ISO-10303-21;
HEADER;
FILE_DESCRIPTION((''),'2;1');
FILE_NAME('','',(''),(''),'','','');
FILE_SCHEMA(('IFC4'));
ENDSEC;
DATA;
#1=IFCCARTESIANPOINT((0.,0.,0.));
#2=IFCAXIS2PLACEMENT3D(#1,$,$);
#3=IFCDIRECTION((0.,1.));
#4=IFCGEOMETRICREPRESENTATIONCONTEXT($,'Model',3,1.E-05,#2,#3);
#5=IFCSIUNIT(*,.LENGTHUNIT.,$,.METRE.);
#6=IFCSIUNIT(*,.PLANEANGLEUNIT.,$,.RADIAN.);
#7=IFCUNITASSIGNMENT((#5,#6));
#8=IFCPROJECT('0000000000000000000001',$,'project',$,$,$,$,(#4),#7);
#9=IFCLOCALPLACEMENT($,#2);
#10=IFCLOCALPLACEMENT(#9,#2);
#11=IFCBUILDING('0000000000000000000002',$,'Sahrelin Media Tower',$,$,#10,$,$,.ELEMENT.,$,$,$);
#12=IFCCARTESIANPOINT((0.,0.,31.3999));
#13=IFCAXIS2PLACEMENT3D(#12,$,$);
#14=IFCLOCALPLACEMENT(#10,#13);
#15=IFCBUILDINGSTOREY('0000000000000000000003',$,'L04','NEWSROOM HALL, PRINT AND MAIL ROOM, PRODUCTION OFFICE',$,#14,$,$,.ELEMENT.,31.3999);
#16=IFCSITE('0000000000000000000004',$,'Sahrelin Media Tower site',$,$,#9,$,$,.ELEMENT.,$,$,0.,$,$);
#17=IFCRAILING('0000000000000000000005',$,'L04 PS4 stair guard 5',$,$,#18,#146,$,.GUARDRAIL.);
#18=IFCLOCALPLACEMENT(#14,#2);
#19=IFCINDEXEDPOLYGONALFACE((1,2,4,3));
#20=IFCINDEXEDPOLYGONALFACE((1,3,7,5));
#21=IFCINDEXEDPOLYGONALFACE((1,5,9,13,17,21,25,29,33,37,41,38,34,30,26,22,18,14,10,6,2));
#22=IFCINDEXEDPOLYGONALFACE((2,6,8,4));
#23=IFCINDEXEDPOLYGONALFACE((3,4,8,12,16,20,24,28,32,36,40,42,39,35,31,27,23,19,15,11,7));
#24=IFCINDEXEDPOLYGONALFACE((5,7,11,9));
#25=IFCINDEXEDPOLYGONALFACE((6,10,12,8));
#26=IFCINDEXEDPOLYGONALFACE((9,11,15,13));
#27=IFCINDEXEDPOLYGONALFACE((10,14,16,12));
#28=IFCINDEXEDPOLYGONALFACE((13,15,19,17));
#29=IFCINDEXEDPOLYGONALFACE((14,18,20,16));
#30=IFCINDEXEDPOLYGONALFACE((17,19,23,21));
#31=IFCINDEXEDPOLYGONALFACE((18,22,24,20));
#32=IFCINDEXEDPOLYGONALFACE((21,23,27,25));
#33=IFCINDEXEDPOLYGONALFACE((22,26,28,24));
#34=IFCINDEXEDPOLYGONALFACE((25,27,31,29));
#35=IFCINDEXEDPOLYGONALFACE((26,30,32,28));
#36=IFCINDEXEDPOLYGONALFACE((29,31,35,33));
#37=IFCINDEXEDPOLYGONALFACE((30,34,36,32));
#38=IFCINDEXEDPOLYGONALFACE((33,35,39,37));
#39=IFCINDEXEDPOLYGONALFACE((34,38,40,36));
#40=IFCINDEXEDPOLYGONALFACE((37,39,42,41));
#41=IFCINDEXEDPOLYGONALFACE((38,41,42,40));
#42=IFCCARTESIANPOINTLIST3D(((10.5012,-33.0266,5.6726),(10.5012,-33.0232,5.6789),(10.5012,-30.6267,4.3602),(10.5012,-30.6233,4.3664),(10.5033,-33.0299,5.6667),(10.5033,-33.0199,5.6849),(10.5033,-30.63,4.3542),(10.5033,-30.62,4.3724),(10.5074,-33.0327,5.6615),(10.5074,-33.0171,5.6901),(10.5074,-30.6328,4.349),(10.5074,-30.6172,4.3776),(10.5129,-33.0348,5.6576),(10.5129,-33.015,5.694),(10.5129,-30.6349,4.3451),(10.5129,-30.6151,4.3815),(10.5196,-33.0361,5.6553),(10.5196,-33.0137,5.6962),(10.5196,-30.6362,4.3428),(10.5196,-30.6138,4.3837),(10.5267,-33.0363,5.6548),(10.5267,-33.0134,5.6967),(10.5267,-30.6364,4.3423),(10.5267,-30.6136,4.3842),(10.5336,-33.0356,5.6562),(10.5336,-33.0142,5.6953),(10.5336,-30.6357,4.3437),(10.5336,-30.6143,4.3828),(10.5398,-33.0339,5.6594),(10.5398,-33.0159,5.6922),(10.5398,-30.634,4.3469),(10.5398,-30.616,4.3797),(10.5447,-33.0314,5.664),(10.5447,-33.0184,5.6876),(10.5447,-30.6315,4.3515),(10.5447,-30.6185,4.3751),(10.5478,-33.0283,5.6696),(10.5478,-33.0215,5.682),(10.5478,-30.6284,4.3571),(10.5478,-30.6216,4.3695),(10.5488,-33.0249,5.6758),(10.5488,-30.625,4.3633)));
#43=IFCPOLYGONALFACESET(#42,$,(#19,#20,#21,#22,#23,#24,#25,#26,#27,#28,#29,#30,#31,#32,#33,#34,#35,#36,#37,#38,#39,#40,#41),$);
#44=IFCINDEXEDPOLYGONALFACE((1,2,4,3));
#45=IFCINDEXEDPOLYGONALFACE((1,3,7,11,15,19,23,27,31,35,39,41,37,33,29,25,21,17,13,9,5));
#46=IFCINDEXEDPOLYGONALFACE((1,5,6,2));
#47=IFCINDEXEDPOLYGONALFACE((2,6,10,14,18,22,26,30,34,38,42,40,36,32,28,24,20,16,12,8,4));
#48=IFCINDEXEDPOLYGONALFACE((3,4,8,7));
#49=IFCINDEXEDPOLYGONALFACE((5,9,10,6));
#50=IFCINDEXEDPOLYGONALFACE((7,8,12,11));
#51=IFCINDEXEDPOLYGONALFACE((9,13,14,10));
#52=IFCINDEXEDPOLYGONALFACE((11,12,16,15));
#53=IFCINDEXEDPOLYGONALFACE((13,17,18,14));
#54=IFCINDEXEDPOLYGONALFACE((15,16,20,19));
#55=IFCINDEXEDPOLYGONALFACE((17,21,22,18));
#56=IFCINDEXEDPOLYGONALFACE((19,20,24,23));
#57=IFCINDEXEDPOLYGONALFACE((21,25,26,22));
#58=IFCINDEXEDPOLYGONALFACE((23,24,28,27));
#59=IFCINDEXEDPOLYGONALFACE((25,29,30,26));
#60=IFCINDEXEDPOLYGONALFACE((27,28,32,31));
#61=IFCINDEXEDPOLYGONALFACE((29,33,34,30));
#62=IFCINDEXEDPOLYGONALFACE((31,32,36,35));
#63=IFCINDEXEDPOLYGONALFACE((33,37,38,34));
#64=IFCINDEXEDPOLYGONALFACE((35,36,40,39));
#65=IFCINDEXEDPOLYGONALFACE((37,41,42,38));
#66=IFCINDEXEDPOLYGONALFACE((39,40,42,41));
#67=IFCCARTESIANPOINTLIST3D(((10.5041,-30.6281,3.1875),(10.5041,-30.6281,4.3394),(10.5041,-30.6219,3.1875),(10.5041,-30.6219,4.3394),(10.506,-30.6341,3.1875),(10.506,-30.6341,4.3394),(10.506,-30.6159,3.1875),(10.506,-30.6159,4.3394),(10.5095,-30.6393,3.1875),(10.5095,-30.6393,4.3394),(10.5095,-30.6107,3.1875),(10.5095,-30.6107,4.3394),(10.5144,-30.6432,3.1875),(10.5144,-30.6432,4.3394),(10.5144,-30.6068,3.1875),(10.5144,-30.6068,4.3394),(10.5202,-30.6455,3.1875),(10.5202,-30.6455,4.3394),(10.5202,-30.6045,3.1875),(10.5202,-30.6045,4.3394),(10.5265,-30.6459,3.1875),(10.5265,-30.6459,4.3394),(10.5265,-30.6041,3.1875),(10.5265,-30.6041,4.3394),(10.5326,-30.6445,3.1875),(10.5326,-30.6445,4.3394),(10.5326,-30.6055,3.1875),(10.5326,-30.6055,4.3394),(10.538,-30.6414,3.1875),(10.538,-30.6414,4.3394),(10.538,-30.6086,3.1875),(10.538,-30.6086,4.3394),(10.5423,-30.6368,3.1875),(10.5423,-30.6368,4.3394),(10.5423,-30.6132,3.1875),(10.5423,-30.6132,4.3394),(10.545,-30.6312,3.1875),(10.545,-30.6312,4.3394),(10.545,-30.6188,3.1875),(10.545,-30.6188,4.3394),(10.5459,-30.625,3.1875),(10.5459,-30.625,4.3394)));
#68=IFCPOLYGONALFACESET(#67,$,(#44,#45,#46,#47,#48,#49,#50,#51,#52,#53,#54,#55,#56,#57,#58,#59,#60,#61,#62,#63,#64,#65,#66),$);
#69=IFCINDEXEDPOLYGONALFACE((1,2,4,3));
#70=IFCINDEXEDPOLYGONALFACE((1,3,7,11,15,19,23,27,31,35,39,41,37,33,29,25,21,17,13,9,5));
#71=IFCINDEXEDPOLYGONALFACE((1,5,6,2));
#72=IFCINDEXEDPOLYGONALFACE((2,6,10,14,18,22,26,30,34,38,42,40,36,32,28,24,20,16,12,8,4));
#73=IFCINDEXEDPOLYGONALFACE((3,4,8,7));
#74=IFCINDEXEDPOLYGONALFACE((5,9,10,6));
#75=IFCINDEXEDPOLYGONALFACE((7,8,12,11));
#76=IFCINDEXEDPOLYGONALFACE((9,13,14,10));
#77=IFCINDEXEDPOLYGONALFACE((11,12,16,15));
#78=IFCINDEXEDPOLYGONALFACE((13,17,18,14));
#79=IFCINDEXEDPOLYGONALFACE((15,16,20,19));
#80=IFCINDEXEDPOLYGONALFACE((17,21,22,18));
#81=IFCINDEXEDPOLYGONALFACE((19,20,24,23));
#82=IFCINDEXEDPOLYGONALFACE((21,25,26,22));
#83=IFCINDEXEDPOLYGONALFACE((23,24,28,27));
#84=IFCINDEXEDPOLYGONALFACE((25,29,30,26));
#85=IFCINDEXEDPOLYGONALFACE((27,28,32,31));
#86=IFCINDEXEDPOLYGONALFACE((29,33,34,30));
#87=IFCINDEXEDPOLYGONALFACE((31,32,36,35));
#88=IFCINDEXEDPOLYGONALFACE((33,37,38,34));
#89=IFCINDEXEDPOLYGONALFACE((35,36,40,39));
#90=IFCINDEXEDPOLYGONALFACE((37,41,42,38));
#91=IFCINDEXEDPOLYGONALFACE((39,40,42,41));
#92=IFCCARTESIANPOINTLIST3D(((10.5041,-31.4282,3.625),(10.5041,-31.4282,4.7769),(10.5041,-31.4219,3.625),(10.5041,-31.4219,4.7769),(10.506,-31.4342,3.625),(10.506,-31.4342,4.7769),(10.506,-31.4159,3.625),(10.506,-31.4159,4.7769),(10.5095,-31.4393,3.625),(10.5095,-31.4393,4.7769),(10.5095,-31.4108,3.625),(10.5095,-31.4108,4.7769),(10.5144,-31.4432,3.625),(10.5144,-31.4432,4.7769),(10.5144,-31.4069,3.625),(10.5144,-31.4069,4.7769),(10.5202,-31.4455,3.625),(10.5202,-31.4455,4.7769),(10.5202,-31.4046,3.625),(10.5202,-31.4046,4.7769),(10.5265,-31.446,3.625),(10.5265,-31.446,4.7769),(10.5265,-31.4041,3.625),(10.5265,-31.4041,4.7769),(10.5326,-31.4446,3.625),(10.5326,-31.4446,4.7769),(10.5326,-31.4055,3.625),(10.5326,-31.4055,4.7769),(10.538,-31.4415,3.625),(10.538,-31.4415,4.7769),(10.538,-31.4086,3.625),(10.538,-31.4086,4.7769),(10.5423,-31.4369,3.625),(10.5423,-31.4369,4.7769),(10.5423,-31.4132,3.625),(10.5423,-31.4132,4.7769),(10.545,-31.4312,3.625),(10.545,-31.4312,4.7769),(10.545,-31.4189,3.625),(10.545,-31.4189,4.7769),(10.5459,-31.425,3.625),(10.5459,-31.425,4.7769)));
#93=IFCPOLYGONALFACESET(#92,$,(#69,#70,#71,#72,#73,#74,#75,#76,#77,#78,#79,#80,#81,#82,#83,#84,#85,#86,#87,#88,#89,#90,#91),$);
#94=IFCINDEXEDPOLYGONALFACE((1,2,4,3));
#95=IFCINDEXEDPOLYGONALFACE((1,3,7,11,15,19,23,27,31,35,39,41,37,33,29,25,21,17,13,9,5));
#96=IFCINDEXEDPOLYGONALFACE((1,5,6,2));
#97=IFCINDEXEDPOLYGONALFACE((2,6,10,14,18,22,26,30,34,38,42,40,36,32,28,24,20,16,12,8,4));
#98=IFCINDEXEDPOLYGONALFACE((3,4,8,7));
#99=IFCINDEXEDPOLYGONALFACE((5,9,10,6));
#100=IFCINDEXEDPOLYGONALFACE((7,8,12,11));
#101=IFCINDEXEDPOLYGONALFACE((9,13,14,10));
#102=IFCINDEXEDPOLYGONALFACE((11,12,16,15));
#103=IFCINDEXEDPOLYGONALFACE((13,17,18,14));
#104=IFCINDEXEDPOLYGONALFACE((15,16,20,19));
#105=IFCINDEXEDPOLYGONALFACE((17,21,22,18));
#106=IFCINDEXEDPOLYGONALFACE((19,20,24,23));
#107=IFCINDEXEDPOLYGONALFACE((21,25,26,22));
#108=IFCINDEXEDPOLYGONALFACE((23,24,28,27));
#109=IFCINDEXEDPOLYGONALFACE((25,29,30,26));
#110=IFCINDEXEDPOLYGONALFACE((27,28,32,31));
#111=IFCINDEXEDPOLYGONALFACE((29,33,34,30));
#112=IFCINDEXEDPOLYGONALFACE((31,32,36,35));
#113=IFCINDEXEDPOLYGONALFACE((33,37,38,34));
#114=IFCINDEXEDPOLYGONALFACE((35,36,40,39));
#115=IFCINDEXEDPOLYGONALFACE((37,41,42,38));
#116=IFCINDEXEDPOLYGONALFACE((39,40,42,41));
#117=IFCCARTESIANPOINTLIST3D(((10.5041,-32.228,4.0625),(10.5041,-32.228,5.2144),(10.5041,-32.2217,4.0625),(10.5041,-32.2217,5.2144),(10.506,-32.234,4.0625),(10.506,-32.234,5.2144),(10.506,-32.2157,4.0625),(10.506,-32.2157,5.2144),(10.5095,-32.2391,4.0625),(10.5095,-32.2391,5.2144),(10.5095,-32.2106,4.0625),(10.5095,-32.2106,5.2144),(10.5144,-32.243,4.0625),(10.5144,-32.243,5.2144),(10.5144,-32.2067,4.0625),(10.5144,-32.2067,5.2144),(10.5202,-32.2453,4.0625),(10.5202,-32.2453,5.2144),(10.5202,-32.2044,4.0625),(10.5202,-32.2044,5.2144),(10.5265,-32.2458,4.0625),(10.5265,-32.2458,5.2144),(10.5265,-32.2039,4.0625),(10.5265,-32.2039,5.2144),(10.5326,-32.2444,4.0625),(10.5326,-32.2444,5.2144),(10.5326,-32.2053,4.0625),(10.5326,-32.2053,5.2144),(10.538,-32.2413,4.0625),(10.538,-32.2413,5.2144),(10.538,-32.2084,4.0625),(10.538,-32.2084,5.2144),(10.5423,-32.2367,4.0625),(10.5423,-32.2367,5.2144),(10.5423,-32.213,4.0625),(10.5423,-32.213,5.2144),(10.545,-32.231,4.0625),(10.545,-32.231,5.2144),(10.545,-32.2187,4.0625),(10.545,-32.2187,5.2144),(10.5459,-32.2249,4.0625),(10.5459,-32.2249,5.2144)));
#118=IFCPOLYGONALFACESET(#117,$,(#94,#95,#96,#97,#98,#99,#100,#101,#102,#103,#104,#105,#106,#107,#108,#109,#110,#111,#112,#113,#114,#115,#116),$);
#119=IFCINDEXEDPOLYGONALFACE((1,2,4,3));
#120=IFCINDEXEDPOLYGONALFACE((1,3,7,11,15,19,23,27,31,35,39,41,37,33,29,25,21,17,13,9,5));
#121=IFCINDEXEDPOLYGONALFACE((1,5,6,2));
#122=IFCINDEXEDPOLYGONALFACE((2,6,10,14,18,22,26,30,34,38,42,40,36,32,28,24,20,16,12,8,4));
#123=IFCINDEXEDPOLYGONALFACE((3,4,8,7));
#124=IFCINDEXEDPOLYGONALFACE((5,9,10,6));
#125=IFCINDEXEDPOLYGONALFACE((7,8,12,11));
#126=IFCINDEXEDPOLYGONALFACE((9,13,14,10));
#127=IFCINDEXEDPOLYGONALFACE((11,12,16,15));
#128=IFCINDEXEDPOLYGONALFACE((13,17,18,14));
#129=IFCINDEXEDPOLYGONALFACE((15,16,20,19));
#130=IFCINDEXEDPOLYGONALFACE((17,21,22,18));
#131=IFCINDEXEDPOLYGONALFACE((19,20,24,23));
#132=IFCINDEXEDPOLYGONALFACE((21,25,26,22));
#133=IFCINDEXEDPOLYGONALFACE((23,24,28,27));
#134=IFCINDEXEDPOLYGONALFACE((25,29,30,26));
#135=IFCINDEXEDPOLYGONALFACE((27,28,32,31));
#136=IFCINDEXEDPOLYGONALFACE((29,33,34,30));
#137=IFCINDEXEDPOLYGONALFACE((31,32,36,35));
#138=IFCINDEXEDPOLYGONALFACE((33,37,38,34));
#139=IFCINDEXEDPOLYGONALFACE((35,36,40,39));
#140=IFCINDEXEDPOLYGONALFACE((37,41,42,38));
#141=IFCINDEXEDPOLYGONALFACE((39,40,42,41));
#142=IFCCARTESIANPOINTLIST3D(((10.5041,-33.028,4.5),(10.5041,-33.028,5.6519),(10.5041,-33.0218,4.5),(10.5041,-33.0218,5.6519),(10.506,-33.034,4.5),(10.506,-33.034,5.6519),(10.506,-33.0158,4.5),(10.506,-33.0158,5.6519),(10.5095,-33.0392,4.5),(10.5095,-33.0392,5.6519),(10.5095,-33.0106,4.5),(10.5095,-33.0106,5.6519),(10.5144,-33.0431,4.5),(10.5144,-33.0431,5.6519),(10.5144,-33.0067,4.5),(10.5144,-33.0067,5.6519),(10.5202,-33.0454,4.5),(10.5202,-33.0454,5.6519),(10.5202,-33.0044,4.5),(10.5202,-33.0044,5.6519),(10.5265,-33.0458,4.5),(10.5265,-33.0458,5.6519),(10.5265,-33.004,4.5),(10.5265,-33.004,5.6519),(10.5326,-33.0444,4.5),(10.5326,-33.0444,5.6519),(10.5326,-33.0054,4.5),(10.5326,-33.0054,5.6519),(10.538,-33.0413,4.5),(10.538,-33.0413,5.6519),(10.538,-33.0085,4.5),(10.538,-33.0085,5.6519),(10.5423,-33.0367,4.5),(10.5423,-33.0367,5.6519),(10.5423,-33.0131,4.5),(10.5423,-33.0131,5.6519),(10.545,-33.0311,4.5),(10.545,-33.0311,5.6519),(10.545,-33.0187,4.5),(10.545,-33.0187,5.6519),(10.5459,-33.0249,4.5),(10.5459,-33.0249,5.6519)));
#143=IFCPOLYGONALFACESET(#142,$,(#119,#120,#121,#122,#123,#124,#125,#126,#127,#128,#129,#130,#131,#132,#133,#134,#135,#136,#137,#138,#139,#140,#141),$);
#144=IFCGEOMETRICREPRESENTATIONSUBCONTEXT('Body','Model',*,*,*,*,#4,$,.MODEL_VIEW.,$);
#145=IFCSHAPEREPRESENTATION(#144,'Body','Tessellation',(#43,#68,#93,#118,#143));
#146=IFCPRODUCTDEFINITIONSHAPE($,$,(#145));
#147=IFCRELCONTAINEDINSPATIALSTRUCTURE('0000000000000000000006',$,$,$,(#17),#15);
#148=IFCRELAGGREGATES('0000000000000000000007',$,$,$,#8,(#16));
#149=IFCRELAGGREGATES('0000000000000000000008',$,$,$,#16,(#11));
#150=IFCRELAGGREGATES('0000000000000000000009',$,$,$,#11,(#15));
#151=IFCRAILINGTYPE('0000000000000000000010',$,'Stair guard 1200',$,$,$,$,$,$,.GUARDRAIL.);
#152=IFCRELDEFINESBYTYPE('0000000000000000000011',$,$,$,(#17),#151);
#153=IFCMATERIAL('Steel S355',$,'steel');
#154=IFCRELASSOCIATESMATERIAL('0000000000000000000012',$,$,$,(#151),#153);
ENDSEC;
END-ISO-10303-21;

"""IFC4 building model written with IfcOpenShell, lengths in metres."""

from ifc_helpers import new_model, si_unit, direction, frame, origin, origin_2d, place, context, subcontext, project, spatial, circle, extrude, material, type_object, element, save


model = new_model("IFC4")

# Units and contexts
model_context = context("Model", 3, precision=1e-05, world=origin(), true_north=direction((0.0, 1.0)))
body_context = subcontext(model_context, "Body", "Model", "MODEL_VIEW")
ifc_project = project(units=[si_unit("LENGTHUNIT", "METRE"), si_unit("PLANEANGLEUNIT", "RADIAN")], contexts=[model_context])

# Site, building, storey
site_placement = place(None, origin())
site = spatial("IfcSite", under=ifc_project, at=site_placement, Name="Sahrelin Media Tower site", CompositionType="ELEMENT", RefElevation=0.0)
building_placement = place(site_placement, origin())
building = spatial("IfcBuilding", under=site, at=building_placement, Name="Sahrelin Media Tower", CompositionType="ELEMENT")
storey_placement = place(building_placement, frame((0.0, 0.0, 31.3999)))
storey = spatial("IfcBuildingStorey", under=building, at=storey_placement, Name="L04", Description="NEWSROOM HALL, PRINT AND MAIL ROOM, PRODUCTION OFFICE", CompositionType="ELEMENT", Elevation=31.3999)

# Shared definitions
ifc_material_1 = material(Name="Steel S355", Category="steel")

# Railing
railing_type_1 = type_object("IfcRailingType", Name="Stair guard 1200", PredefinedType="GUARDRAIL", material=ifc_material_1)
railing_1_placement = place(storey_placement, frame((10.5249, -30.625, 3.1875)))
element("IfcRailing", 1, at=railing_1_placement, inside=storey, type_object=railing_type_1, Name="L04 PS4 stair guard 5", PredefinedType="GUARDRAIL", context=body_context, shape_type="SweptSolid", body=[
    extrude(circle(Radius=0.0239, at=origin_2d()), frame((0.0, 0.0, 1.1758), z_axis=(0.0, -0.877363, 0.479827), x_axis=(1.0, 0.0, 0.0)), (0.0, 0.0, 1.0), 2.7354),
    extrude(circle(Radius=0.021, at=origin_2d()), origin(), (0.0, 0.0, 1.0), 1.1519),
    extrude(circle(Radius=0.021, at=origin_2d()), frame((0.0, -0.8, 0.4375)), (0.0, 0.0, 1.0), 1.1519),
    extrude(circle(Radius=0.021, at=origin_2d()), frame((0.0, -1.5999, 0.875)), (0.0, 0.0, 1.0), 1.1519),
    extrude(circle(Radius=0.021, at=origin_2d()), frame((0.0, -2.3999, 1.3125)), (0.0, 0.0, 1.0), 1.1519),
])

save(model, "model.ifc")
